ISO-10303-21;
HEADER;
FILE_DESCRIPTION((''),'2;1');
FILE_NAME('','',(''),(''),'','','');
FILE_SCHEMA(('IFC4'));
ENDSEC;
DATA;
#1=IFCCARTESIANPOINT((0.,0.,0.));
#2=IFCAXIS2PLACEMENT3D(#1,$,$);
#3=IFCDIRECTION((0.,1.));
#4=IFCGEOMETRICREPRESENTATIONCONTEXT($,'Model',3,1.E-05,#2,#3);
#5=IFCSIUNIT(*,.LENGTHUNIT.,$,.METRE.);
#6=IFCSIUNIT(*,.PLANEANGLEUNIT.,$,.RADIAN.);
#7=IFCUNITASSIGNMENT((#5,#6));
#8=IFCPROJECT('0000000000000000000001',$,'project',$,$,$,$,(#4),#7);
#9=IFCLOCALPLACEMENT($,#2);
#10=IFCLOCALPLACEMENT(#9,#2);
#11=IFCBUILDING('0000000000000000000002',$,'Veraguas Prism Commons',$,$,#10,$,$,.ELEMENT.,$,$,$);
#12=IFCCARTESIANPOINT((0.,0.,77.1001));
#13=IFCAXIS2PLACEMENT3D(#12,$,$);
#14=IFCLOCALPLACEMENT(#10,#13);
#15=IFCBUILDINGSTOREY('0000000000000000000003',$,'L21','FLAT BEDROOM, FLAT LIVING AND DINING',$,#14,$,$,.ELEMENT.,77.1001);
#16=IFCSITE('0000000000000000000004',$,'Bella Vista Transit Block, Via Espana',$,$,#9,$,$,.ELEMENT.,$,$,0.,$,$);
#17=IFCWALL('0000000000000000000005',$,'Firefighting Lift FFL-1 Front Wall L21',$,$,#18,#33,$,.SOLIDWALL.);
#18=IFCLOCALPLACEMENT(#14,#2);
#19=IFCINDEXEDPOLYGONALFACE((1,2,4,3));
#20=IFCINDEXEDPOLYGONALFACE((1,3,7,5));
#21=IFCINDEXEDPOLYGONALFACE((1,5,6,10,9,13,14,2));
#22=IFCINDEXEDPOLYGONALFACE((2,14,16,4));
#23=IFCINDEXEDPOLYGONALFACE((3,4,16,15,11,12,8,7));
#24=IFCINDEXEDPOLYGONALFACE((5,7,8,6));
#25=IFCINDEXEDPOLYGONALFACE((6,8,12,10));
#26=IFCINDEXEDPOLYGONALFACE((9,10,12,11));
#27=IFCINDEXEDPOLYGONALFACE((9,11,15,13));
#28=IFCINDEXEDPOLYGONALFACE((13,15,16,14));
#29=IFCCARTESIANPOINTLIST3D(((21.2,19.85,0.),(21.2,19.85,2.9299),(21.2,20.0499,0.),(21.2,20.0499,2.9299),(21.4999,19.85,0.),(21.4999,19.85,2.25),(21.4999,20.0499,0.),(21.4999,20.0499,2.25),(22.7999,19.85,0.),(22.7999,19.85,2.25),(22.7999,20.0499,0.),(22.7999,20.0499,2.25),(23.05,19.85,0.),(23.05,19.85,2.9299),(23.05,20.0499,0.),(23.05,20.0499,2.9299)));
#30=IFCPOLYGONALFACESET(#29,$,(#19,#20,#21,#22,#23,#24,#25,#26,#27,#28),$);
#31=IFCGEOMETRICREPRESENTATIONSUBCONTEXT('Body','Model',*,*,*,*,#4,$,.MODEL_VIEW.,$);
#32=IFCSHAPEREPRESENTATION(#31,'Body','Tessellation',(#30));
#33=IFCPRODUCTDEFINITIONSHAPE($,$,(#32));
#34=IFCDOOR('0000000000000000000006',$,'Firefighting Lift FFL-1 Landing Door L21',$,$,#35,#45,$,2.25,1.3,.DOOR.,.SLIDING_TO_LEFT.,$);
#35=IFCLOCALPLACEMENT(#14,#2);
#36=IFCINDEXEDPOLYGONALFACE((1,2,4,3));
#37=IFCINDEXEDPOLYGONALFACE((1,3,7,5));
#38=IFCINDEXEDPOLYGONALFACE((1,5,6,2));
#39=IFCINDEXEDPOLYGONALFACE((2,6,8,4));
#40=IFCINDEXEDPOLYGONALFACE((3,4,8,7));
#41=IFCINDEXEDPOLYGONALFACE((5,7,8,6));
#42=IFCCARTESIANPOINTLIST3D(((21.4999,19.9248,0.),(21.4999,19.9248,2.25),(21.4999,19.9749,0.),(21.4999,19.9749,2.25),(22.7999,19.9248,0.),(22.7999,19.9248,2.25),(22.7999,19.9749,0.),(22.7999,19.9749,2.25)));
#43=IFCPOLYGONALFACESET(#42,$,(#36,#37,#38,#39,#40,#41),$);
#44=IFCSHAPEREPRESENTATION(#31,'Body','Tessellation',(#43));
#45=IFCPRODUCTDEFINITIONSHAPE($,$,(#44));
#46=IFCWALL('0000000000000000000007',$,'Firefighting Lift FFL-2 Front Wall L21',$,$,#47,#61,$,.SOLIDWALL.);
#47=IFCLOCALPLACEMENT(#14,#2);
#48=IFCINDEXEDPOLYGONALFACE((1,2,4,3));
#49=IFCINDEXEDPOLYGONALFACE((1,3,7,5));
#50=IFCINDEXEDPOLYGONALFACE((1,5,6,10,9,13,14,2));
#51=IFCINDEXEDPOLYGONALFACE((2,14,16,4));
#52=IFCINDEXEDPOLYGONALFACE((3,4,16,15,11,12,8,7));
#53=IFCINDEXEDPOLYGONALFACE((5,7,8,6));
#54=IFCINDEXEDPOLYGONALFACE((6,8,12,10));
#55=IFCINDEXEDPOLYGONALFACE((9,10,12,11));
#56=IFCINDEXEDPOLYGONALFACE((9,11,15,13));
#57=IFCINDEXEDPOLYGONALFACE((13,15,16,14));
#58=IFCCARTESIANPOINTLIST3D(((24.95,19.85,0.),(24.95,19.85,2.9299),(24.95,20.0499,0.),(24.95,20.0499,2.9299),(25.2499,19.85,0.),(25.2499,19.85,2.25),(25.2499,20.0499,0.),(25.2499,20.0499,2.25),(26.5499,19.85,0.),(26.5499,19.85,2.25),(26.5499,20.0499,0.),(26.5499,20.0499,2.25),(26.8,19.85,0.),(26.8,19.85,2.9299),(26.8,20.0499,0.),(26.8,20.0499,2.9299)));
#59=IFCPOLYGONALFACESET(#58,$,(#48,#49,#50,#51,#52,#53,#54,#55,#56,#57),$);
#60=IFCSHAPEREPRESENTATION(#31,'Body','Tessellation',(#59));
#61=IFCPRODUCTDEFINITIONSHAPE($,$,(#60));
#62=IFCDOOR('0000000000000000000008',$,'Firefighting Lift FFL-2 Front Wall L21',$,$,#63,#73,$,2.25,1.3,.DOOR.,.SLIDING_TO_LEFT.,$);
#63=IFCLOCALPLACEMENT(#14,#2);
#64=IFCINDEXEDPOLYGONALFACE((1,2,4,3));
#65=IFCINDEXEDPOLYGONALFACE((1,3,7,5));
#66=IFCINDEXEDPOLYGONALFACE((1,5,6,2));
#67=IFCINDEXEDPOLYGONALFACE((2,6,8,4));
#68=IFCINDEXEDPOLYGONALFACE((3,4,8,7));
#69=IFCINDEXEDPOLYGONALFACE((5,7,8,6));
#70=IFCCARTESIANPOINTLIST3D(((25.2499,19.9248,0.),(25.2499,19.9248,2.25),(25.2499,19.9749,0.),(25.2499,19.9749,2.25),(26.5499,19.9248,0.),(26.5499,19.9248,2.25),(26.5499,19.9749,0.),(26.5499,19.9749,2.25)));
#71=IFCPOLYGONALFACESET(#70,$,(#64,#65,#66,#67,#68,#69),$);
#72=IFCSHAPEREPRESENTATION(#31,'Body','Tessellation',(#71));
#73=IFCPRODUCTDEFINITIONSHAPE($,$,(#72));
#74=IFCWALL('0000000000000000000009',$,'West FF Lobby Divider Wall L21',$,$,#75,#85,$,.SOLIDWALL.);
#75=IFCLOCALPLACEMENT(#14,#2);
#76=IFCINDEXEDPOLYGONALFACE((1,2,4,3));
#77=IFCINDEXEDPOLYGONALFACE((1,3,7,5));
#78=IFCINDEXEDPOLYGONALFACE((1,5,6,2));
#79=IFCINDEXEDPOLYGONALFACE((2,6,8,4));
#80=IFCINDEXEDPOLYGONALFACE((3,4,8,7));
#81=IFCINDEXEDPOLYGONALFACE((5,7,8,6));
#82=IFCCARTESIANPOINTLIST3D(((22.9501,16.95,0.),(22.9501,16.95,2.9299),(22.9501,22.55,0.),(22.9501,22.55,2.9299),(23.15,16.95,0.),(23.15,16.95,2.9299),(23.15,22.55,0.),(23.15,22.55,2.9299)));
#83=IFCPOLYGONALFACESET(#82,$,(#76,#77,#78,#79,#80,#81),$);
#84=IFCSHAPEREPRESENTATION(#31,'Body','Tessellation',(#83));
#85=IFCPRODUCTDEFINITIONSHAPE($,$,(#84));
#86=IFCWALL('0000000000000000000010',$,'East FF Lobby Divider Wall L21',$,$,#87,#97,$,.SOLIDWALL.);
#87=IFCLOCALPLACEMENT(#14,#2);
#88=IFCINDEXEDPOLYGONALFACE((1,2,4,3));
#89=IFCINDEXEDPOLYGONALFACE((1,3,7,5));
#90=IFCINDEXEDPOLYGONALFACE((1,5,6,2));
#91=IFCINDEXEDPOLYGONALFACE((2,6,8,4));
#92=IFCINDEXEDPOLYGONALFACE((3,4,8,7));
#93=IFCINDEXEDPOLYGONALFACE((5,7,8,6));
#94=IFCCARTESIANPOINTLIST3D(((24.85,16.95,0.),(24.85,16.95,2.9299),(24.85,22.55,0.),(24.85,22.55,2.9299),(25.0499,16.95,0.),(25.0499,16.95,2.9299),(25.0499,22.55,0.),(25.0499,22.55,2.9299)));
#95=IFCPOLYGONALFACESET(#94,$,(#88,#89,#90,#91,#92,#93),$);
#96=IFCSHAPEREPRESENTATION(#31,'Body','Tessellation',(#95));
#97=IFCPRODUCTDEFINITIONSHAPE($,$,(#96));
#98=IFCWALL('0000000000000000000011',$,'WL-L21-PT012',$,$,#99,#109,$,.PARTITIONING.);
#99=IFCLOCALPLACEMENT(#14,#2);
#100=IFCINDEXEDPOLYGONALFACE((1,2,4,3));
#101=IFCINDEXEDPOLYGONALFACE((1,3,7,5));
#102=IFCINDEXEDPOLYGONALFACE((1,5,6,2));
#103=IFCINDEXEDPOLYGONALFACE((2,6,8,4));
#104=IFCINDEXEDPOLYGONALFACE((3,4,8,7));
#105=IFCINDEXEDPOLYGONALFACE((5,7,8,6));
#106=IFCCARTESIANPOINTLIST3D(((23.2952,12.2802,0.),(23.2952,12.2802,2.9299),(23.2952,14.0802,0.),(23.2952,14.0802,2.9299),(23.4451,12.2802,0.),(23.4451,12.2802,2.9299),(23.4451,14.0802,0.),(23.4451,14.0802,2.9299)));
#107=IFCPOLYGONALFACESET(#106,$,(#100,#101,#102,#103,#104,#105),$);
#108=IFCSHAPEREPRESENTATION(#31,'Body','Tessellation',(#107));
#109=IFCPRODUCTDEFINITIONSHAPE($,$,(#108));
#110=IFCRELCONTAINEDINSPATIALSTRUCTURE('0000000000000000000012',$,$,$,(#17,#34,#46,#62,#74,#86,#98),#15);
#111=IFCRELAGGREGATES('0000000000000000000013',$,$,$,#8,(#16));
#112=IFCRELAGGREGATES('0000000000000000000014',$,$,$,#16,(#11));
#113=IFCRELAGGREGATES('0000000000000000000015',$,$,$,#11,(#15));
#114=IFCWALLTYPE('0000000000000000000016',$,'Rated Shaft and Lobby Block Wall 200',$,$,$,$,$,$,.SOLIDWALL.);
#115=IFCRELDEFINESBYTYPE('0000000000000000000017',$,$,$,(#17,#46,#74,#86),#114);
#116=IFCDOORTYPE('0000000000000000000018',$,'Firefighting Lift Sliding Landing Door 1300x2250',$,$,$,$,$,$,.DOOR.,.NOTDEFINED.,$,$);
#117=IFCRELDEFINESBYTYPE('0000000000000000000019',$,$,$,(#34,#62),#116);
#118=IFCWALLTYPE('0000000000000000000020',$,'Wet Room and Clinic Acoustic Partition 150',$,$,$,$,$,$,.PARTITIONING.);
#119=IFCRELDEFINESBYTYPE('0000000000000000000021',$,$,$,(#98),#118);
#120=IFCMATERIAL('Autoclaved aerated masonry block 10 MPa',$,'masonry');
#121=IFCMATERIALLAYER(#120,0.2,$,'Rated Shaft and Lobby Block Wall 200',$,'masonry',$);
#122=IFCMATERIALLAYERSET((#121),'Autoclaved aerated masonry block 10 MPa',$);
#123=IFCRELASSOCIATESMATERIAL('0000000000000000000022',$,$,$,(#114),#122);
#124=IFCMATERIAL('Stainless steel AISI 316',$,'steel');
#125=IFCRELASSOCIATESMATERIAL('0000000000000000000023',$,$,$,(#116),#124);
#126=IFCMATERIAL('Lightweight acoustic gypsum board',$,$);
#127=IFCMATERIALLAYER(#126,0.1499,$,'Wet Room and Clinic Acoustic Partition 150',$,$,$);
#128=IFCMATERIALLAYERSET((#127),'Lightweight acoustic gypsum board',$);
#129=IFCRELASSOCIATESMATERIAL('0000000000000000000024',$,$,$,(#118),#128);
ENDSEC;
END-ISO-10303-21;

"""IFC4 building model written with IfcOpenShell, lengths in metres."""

from ifc_helpers import new_model, si_unit, direction, frame, frame_2d, origin, place, context, subcontext, project, spatial, rectangle, extrude, source, transform, mapped, material, layer, layer_set, type_object, element, fill, save


model = new_model("IFC4")

# Units and contexts
model_context = context("Model", 3, precision=1e-05, world=origin(), true_north=direction((0.0, 1.0)))
body_context = subcontext(model_context, "Body", "Model", "MODEL_VIEW")
ifc_project = project(units=[si_unit("LENGTHUNIT", "METRE"), si_unit("PLANEANGLEUNIT", "RADIAN")], contexts=[model_context])

# Site, building, storey
site_placement = place(None, origin())
site = spatial("IfcSite", under=ifc_project, at=site_placement, Name="Bella Vista Transit Block, Via Espana", CompositionType="ELEMENT", RefElevation=0.0)
building_placement = place(site_placement, origin())
building = spatial("IfcBuilding", under=site, at=building_placement, Name="Veraguas Prism Commons", CompositionType="ELEMENT")
storey_placement = place(building_placement, frame((0.0, 0.0, 77.1001)))
storey = spatial("IfcBuildingStorey", under=building, at=storey_placement, Name="L21", Description="FLAT BEDROOM, FLAT LIVING AND DINING", CompositionType="ELEMENT", Elevation=77.1001)

# Shared definitions
ifc_material_1 = material(Name="Autoclaved aerated masonry block 10 MPa", Category="masonry")

# Shared definitions
ifc_material_2 = material(Name="Lightweight acoustic gypsum board")

# Walls, openings, doors
ifc_layer_1 = layer(ifc_material_1, 0.2, Name="Rated Shaft and Lobby Block Wall 200", Category="masonry")
ifc_layer_set_1 = layer_set([ifc_layer_1], Name="Autoclaved aerated masonry block 10 MPa")
wall_type_1 = type_object("IfcWallType", Name="Rated Shaft and Lobby Block Wall 200", PredefinedType="SOLIDWALL", material=ifc_layer_set_1)
wall_1_placement = place(storey_placement, frame((21.2, 19.95, 0.0), z_axis=(0.0, 0.0, 1.0), x_axis=(1.0, 0.0, 0.0)))
wall_1 = element("IfcWall", 1, at=wall_1_placement, inside=storey, type_object=wall_type_1, Name="Firefighting Lift FFL-1 Front Wall L21", PredefinedType="SOLIDWALL", context=body_context, shape_type="SweptSolid", body=[
    extrude(rectangle(XDim=1.8501, YDim=0.2, at=frame_2d((0.925, 0.0))), origin(), (0.0, 0.0, 1.0), 2.9299),
])
opening_1_placement = place(wall_1_placement, frame((0.3, 0.0, 0.0)))
opening_1 = element("IfcOpeningElement", 2, at=opening_1_placement, cuts=wall_1, PredefinedType="OPENING", context=body_context, shape_type="SweptSolid", body=[
    extrude(rectangle(XDim=1.3, YDim=2.25, at=frame_2d((0.6499, 1.125))), frame((0.0, 0.1099, 0.0), z_axis=(0.0, -1.0, 0.0), x_axis=(1.0, 0.0, 0.0)), (0.0, 0.0, 1.0), 0.22),
])
ifc_material_3 = material(Name="Stainless steel AISI 316", Category="steel")
door_type_1 = type_object("IfcDoorType", Name="Firefighting Lift Sliding Landing Door 1300x2250", OperationType="NOTDEFINED", PredefinedType="DOOR", material=ifc_material_3)
shared_shape_1 = source(origin(), body_context, "Body", "SweptSolid", [
    extrude(rectangle(XDim=1.3, YDim=2.25, at=frame_2d((0.6499, 1.125))), frame((0.0, 0.0249, 0.0), z_axis=(0.0, -1.0, 0.0), x_axis=(1.0, 0.0, 0.0)), (0.0, 0.0, 1.0), 0.05),
])
door_1_placement = place(opening_1_placement, origin())
door_1 = element("IfcDoor", 3, at=door_1_placement, inside=storey, type_object=door_type_1, Name="Firefighting Lift FFL-1 Landing Door L21", OperationType="SLIDING_TO_LEFT", OverallHeight=2.25, OverallWidth=1.3, PredefinedType="DOOR", context=body_context, shape_type="MappedRepresentation", body=[
    mapped(shared_shape_1, transform((0.0, 0.0, 0.0), scale=1.0)),
])
fill(opening_1, door_1)
wall_2_placement = place(storey_placement, frame((24.95, 19.95, 0.0), z_axis=(0.0, 0.0, 1.0), x_axis=(1.0, 0.0, 0.0)))
wall_2 = element("IfcWall", 4, at=wall_2_placement, inside=storey, type_object=wall_type_1, Name="Firefighting Lift FFL-2 Front Wall L21", PredefinedType="SOLIDWALL", context=body_context, shape_type="SweptSolid", body=[
    extrude(rectangle(XDim=1.8501, YDim=0.2, at=frame_2d((0.925, 0.0))), origin(), (0.0, 0.0, 1.0), 2.9299),
])
opening_2_placement = place(wall_2_placement, frame((0.3, 0.0, 0.0)))
opening_2 = element("IfcOpeningElement", 5, at=opening_2_placement, cuts=wall_2, PredefinedType="OPENING", context=body_context, shape_type="SweptSolid", body=[
    extrude(rectangle(XDim=1.3, YDim=2.25, at=frame_2d((0.6499, 1.125))), frame((0.0, 0.1099, 0.0), z_axis=(0.0, -1.0, 0.0), x_axis=(1.0, 0.0, 0.0)), (0.0, 0.0, 1.0), 0.22),
])
door_2_placement = place(opening_2_placement, origin())
door_2 = element("IfcDoor", 6, at=door_2_placement, inside=storey, type_object=door_type_1, Name="Firefighting Lift FFL-2 Front Wall L21", OperationType="SLIDING_TO_LEFT", OverallHeight=2.25, OverallWidth=1.3, PredefinedType="DOOR", context=body_context, shape_type="MappedRepresentation", body=[
    mapped(shared_shape_1, transform((0.0, 0.0, 0.0), scale=1.0)),
])
fill(opening_2, door_2)

# Walls
for number, where, z_axis, x_axis, name in (
    (7, (23.05, 16.95, 0.0), (0.0, 0.0, 1.0), (0.0, 1.0, 0.0), "West FF Lobby Divider Wall L21"),
    (8, (24.95, 16.95, 0.0), (0.0, 0.0, 1.0), (0.0, 1.0, 0.0), "East FF Lobby Divider Wall L21"),
):
    element("IfcWall", number, at=place(storey_placement, frame(where, z_axis=z_axis, x_axis=x_axis)), inside=storey, type_object=wall_type_1, Name=name, PredefinedType="SOLIDWALL", context=body_context, shape_type="SweptSolid", body=[
        extrude(rectangle(XDim=5.6001, YDim=0.2, at=frame_2d((2.8, 0.0))), origin(), (0.0, 0.0, 1.0), 2.9299),
    ])
ifc_layer_2 = layer(ifc_material_2, 0.1499, Name="Wet Room and Clinic Acoustic Partition 150")
ifc_layer_set_2 = layer_set([ifc_layer_2], Name="Lightweight acoustic gypsum board")
wall_type_2 = type_object("IfcWallType", Name="Wet Room and Clinic Acoustic Partition 150", PredefinedType="PARTITIONING", material=ifc_layer_set_2)
wall_3_placement = place(storey_placement, frame((23.3701, 14.0801, 0.0), z_axis=(0.0, 0.0, 1.0), x_axis=(0.0, -1.0, 0.0)))
element("IfcWall", 9, at=wall_3_placement, inside=storey, type_object=wall_type_2, Name="WL-L21-PT012", PredefinedType="PARTITIONING", context=body_context, shape_type="SweptSolid", body=[
    extrude(rectangle(XDim=1.8, YDim=0.1499, at=frame_2d((0.8999, 0.0))), origin(), (0.0, 0.0, 1.0), 2.9299),
])

save(model, "model.ifc")
